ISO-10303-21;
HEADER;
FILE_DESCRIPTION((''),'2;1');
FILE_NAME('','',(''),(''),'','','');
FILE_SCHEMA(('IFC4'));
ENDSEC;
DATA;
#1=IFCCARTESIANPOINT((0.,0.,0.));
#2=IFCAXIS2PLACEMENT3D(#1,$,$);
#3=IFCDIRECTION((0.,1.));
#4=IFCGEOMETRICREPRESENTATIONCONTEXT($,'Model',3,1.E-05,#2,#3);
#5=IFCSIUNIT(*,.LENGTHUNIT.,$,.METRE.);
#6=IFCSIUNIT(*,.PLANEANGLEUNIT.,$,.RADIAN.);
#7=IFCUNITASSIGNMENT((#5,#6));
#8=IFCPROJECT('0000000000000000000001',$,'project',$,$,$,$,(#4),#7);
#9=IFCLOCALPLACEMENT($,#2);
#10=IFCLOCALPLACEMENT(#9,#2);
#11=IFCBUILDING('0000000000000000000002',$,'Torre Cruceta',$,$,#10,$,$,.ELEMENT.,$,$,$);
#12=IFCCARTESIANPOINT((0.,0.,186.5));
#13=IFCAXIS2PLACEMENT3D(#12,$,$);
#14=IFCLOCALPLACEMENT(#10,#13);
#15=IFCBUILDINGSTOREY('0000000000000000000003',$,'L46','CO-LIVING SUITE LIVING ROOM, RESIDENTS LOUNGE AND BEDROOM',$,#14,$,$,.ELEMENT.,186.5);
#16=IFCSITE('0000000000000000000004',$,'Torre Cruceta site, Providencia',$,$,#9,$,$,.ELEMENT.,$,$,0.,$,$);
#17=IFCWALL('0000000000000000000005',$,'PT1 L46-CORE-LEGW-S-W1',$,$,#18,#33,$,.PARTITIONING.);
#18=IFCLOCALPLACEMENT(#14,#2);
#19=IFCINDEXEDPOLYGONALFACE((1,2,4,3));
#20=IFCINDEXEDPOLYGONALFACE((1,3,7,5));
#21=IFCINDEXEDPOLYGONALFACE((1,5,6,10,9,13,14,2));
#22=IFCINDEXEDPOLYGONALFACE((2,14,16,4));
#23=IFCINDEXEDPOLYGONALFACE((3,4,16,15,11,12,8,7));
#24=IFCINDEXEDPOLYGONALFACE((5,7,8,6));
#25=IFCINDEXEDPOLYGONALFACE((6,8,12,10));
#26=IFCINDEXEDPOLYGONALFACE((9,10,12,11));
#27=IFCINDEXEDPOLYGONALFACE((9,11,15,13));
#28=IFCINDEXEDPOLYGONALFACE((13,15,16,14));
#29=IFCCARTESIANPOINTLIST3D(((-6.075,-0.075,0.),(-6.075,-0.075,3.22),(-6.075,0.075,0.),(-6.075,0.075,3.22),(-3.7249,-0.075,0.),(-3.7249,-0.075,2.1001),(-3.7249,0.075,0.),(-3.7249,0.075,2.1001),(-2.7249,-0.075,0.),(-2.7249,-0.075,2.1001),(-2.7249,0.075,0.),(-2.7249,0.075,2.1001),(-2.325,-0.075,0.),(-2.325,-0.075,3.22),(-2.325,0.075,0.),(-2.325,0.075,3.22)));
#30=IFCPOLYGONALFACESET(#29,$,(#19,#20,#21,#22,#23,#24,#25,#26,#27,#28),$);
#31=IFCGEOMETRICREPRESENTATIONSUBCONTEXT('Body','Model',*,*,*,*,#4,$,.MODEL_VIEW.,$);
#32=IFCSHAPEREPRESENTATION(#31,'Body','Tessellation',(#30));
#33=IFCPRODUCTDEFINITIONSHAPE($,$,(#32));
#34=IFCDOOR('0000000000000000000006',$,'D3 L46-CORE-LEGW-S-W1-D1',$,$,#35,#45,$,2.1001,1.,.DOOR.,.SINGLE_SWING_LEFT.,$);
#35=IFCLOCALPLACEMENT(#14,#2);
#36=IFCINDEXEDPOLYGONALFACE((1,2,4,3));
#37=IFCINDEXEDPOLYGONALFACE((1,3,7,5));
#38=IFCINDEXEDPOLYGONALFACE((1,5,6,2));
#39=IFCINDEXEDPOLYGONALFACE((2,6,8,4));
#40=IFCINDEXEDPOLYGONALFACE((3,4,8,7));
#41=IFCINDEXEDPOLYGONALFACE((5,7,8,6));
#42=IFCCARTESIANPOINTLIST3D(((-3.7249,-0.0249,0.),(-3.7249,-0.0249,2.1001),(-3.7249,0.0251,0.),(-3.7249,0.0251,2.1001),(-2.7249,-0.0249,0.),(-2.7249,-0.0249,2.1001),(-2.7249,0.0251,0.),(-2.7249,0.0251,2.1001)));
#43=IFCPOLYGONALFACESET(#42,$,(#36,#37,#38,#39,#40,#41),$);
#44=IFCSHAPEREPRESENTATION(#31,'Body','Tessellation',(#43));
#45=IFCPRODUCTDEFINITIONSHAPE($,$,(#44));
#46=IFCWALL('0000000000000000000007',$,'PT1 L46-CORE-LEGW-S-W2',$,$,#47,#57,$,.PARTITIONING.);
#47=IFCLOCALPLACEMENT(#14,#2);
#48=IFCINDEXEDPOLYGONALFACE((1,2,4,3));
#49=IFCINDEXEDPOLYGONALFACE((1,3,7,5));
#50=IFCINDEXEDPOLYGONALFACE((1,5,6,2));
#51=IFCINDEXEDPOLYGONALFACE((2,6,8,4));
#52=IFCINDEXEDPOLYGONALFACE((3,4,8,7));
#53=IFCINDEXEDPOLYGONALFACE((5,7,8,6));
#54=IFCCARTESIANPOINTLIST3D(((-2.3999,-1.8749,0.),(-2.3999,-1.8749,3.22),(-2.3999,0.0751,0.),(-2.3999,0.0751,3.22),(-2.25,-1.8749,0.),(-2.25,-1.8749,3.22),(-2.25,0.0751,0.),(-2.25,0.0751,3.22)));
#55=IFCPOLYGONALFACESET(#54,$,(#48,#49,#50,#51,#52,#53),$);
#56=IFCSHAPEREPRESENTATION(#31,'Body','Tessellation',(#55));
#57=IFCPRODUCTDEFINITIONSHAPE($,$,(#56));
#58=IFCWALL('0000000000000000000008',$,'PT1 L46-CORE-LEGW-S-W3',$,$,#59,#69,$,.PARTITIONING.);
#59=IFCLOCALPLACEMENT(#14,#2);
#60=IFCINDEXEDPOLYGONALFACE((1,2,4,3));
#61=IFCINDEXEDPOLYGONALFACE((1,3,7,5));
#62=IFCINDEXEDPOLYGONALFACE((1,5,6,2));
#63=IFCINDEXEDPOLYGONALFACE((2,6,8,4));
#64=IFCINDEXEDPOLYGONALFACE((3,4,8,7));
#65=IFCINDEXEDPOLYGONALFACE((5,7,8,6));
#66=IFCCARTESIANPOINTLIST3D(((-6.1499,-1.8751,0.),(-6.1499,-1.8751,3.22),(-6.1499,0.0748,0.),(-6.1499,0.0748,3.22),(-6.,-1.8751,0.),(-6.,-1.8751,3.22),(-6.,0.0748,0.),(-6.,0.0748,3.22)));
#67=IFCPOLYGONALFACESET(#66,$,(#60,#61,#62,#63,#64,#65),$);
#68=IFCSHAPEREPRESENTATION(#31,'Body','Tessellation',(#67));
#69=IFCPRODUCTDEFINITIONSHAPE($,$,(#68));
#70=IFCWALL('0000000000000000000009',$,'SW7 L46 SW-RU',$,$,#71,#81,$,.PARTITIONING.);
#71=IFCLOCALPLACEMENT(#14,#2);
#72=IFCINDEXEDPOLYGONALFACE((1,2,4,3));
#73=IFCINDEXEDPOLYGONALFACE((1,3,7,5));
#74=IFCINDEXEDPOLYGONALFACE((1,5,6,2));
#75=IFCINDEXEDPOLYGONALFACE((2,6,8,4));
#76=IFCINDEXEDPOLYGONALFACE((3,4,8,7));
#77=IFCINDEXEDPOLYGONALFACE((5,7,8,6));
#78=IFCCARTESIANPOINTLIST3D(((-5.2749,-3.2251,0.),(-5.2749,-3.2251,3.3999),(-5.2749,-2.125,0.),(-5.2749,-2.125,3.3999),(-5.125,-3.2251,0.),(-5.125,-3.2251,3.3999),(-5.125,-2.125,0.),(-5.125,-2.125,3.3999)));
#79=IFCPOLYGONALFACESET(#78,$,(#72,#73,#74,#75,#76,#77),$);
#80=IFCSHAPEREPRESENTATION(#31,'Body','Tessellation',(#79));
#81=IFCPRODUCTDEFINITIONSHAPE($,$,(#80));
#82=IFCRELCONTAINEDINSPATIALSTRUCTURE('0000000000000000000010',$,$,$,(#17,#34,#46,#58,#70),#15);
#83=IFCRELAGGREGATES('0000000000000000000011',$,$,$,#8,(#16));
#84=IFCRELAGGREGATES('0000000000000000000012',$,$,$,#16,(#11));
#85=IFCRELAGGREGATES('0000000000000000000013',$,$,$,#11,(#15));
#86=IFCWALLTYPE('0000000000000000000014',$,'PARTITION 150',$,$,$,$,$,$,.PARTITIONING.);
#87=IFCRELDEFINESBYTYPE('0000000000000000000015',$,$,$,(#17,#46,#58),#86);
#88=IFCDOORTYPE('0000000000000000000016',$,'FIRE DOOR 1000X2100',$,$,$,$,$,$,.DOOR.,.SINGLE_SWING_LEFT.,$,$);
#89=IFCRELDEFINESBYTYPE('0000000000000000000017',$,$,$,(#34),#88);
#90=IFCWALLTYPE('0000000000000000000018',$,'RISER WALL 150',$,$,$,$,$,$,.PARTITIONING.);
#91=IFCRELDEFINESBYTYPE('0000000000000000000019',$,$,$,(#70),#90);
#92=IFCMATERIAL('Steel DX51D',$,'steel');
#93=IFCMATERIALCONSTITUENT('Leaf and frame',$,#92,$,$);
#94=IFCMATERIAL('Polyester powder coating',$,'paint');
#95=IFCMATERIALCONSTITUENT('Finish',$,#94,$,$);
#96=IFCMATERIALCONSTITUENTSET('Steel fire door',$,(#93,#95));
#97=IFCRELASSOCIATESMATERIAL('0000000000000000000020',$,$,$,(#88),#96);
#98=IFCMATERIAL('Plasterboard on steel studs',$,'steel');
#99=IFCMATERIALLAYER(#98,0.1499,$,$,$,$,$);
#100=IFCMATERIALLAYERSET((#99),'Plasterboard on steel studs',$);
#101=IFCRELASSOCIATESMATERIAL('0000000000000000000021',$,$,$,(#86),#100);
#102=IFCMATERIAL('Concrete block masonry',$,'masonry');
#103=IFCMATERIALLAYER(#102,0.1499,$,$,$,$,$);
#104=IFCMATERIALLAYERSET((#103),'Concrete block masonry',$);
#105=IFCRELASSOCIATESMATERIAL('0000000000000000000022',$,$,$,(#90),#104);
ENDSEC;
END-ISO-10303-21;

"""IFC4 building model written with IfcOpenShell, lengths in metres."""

from ifc_helpers import new_model, si_unit, direction, frame, frame_2d, origin, place, context, subcontext, project, spatial, rectangle, extrude, material, layer, layer_set, constituent, constituent_set, type_object, element, fill, save


model = new_model("IFC4")

# Units and contexts
model_context = context("Model", 3, precision=1e-05, world=origin(), true_north=direction((0.0, 1.0)))
body_context = subcontext(model_context, "Body", "Model", "MODEL_VIEW")
ifc_project = project(units=[si_unit("LENGTHUNIT", "METRE"), si_unit("PLANEANGLEUNIT", "RADIAN")], contexts=[model_context])

# Site, building, storey
site_placement = place(None, origin())
site = spatial("IfcSite", under=ifc_project, at=site_placement, Name="Torre Cruceta site, Providencia", CompositionType="ELEMENT", RefElevation=0.0)
building_placement = place(site_placement, origin())
building = spatial("IfcBuilding", under=site, at=building_placement, Name="Torre Cruceta", CompositionType="ELEMENT")
storey_placement = place(building_placement, frame((0.0, 0.0, 186.5)))
storey = spatial("IfcBuildingStorey", under=building, at=storey_placement, Name="L46", Description="CO-LIVING SUITE LIVING ROOM, RESIDENTS LOUNGE AND BEDROOM", CompositionType="ELEMENT", Elevation=186.5)

# Shared definitions
ifc_material_1 = material(Name="Steel DX51D", Category="steel")
ifc_constituent_1 = constituent(ifc_material_1, Name="Leaf and frame")
ifc_material_2 = material(Name="Polyester powder coating", Category="paint")
ifc_constituent_2 = constituent(ifc_material_2, Name="Finish")
ifc_constituent_set_1 = constituent_set(constituents=[ifc_constituent_1, ifc_constituent_2], Name="Steel fire door")
door_type_1 = type_object("IfcDoorType", Name="FIRE DOOR 1000X2100", OperationType="SINGLE_SWING_LEFT", PredefinedType="DOOR", material=ifc_constituent_set_1)

# Wall, opening, door
ifc_material_3 = material(Name="Plasterboard on steel studs", Category="steel")
ifc_layer_1 = layer(ifc_material_3, 0.1499)
ifc_layer_set_1 = layer_set([ifc_layer_1], Name="Plasterboard on steel studs")
wall_type_1 = type_object("IfcWallType", Name="PARTITION 150", PredefinedType="PARTITIONING", material=ifc_layer_set_1)
wall_1_placement = place(storey_placement, frame((-2.325, 0.0, 0.0), z_axis=(0.0, 0.0, 1.0), x_axis=(-1.0, 0.0, 0.0)))
wall_1 = element("IfcWall", 1, at=wall_1_placement, inside=storey, type_object=wall_type_1, Name="PT1 L46-CORE-LEGW-S-W1", PredefinedType="PARTITIONING", context=body_context, shape_type="SweptSolid", body=[
    extrude(rectangle(XDim=3.75, YDim=0.1499, at=frame_2d((1.875, 0.0))), origin(), (0.0, 0.0, 1.0), 3.22),
])
opening_1_placement = place(wall_1_placement, frame((0.3999, 0.0, 0.0)))
opening_1 = element("IfcOpeningElement", 2, at=opening_1_placement, cuts=wall_1, PredefinedType="OPENING", context=body_context, shape_type="SweptSolid", body=[
    extrude(rectangle(XDim=1.0, YDim=2.1001, at=frame_2d((0.5, 1.05))), frame((0.0, 0.085, 0.0), z_axis=(0.0, -1.0, 0.0), x_axis=(1.0, 0.0, 0.0)), (0.0, 0.0, 1.0), 0.1699),
])
door_1_placement = place(opening_1_placement, origin())
door_1 = element("IfcDoor", 3, at=door_1_placement, inside=storey, type_object=door_type_1, Name="D3 L46-CORE-LEGW-S-W1-D1", OperationType="SINGLE_SWING_LEFT", OverallHeight=2.1001, OverallWidth=1.0, PredefinedType="DOOR", context=body_context, shape_type="SweptSolid", body=[
    extrude(rectangle(XDim=1.0, YDim=2.1001, at=frame_2d((0.5, 1.05))), frame((0.0, 0.0249, 0.0), z_axis=(0.0, -1.0, 0.0), x_axis=(1.0, 0.0, 0.0)), (0.0, 0.0, 1.0), 0.05),
])
fill(opening_1, door_1)

# Walls
for number, where, z_axis, x_axis, name in (
    (4, (-2.325, -1.875, 0.0), (0.0, 0.0, 1.0), (0.0, 1.0, 0.0), "PT1 L46-CORE-LEGW-S-W2"),
    (5, (-6.075, 0.075, 0.0), (0.0, 0.0, 1.0), (0.0, -1.0, 0.0), "PT1 L46-CORE-LEGW-S-W3"),
):
    element("IfcWall", number, at=place(storey_placement, frame(where, z_axis=z_axis, x_axis=x_axis)), inside=storey, type_object=wall_type_1, Name=name, PredefinedType="PARTITIONING", context=body_context, shape_type="SweptSolid", body=[
        extrude(rectangle(XDim=1.95, YDim=0.1499, at=frame_2d((0.9751, 0.0))), origin(), (0.0, 0.0, 1.0), 3.22),
    ])
ifc_material_4 = material(Name="Concrete block masonry", Category="masonry")
ifc_layer_2 = layer(ifc_material_4, 0.1499)
ifc_layer_set_2 = layer_set([ifc_layer_2], Name="Concrete block masonry")
wall_type_2 = type_object("IfcWallType", Name="RISER WALL 150", PredefinedType="PARTITIONING", material=ifc_layer_set_2)
wall_2_placement = place(storey_placement, frame((-5.2, -2.125, 0.0), z_axis=(0.0, 0.0, 1.0), x_axis=(0.0, -1.0, 0.0)))
element("IfcWall", 6, at=wall_2_placement, inside=storey, type_object=wall_type_2, Name="SW7 L46 SW-RU", PredefinedType="PARTITIONING", context=body_context, shape_type="SweptSolid", body=[
    extrude(rectangle(XDim=1.1001, YDim=0.1499, at=frame_2d((0.55, 0.0))), origin(), (0.0, 0.0, 1.0), 3.3999),
])

save(model, "model.ifc")
